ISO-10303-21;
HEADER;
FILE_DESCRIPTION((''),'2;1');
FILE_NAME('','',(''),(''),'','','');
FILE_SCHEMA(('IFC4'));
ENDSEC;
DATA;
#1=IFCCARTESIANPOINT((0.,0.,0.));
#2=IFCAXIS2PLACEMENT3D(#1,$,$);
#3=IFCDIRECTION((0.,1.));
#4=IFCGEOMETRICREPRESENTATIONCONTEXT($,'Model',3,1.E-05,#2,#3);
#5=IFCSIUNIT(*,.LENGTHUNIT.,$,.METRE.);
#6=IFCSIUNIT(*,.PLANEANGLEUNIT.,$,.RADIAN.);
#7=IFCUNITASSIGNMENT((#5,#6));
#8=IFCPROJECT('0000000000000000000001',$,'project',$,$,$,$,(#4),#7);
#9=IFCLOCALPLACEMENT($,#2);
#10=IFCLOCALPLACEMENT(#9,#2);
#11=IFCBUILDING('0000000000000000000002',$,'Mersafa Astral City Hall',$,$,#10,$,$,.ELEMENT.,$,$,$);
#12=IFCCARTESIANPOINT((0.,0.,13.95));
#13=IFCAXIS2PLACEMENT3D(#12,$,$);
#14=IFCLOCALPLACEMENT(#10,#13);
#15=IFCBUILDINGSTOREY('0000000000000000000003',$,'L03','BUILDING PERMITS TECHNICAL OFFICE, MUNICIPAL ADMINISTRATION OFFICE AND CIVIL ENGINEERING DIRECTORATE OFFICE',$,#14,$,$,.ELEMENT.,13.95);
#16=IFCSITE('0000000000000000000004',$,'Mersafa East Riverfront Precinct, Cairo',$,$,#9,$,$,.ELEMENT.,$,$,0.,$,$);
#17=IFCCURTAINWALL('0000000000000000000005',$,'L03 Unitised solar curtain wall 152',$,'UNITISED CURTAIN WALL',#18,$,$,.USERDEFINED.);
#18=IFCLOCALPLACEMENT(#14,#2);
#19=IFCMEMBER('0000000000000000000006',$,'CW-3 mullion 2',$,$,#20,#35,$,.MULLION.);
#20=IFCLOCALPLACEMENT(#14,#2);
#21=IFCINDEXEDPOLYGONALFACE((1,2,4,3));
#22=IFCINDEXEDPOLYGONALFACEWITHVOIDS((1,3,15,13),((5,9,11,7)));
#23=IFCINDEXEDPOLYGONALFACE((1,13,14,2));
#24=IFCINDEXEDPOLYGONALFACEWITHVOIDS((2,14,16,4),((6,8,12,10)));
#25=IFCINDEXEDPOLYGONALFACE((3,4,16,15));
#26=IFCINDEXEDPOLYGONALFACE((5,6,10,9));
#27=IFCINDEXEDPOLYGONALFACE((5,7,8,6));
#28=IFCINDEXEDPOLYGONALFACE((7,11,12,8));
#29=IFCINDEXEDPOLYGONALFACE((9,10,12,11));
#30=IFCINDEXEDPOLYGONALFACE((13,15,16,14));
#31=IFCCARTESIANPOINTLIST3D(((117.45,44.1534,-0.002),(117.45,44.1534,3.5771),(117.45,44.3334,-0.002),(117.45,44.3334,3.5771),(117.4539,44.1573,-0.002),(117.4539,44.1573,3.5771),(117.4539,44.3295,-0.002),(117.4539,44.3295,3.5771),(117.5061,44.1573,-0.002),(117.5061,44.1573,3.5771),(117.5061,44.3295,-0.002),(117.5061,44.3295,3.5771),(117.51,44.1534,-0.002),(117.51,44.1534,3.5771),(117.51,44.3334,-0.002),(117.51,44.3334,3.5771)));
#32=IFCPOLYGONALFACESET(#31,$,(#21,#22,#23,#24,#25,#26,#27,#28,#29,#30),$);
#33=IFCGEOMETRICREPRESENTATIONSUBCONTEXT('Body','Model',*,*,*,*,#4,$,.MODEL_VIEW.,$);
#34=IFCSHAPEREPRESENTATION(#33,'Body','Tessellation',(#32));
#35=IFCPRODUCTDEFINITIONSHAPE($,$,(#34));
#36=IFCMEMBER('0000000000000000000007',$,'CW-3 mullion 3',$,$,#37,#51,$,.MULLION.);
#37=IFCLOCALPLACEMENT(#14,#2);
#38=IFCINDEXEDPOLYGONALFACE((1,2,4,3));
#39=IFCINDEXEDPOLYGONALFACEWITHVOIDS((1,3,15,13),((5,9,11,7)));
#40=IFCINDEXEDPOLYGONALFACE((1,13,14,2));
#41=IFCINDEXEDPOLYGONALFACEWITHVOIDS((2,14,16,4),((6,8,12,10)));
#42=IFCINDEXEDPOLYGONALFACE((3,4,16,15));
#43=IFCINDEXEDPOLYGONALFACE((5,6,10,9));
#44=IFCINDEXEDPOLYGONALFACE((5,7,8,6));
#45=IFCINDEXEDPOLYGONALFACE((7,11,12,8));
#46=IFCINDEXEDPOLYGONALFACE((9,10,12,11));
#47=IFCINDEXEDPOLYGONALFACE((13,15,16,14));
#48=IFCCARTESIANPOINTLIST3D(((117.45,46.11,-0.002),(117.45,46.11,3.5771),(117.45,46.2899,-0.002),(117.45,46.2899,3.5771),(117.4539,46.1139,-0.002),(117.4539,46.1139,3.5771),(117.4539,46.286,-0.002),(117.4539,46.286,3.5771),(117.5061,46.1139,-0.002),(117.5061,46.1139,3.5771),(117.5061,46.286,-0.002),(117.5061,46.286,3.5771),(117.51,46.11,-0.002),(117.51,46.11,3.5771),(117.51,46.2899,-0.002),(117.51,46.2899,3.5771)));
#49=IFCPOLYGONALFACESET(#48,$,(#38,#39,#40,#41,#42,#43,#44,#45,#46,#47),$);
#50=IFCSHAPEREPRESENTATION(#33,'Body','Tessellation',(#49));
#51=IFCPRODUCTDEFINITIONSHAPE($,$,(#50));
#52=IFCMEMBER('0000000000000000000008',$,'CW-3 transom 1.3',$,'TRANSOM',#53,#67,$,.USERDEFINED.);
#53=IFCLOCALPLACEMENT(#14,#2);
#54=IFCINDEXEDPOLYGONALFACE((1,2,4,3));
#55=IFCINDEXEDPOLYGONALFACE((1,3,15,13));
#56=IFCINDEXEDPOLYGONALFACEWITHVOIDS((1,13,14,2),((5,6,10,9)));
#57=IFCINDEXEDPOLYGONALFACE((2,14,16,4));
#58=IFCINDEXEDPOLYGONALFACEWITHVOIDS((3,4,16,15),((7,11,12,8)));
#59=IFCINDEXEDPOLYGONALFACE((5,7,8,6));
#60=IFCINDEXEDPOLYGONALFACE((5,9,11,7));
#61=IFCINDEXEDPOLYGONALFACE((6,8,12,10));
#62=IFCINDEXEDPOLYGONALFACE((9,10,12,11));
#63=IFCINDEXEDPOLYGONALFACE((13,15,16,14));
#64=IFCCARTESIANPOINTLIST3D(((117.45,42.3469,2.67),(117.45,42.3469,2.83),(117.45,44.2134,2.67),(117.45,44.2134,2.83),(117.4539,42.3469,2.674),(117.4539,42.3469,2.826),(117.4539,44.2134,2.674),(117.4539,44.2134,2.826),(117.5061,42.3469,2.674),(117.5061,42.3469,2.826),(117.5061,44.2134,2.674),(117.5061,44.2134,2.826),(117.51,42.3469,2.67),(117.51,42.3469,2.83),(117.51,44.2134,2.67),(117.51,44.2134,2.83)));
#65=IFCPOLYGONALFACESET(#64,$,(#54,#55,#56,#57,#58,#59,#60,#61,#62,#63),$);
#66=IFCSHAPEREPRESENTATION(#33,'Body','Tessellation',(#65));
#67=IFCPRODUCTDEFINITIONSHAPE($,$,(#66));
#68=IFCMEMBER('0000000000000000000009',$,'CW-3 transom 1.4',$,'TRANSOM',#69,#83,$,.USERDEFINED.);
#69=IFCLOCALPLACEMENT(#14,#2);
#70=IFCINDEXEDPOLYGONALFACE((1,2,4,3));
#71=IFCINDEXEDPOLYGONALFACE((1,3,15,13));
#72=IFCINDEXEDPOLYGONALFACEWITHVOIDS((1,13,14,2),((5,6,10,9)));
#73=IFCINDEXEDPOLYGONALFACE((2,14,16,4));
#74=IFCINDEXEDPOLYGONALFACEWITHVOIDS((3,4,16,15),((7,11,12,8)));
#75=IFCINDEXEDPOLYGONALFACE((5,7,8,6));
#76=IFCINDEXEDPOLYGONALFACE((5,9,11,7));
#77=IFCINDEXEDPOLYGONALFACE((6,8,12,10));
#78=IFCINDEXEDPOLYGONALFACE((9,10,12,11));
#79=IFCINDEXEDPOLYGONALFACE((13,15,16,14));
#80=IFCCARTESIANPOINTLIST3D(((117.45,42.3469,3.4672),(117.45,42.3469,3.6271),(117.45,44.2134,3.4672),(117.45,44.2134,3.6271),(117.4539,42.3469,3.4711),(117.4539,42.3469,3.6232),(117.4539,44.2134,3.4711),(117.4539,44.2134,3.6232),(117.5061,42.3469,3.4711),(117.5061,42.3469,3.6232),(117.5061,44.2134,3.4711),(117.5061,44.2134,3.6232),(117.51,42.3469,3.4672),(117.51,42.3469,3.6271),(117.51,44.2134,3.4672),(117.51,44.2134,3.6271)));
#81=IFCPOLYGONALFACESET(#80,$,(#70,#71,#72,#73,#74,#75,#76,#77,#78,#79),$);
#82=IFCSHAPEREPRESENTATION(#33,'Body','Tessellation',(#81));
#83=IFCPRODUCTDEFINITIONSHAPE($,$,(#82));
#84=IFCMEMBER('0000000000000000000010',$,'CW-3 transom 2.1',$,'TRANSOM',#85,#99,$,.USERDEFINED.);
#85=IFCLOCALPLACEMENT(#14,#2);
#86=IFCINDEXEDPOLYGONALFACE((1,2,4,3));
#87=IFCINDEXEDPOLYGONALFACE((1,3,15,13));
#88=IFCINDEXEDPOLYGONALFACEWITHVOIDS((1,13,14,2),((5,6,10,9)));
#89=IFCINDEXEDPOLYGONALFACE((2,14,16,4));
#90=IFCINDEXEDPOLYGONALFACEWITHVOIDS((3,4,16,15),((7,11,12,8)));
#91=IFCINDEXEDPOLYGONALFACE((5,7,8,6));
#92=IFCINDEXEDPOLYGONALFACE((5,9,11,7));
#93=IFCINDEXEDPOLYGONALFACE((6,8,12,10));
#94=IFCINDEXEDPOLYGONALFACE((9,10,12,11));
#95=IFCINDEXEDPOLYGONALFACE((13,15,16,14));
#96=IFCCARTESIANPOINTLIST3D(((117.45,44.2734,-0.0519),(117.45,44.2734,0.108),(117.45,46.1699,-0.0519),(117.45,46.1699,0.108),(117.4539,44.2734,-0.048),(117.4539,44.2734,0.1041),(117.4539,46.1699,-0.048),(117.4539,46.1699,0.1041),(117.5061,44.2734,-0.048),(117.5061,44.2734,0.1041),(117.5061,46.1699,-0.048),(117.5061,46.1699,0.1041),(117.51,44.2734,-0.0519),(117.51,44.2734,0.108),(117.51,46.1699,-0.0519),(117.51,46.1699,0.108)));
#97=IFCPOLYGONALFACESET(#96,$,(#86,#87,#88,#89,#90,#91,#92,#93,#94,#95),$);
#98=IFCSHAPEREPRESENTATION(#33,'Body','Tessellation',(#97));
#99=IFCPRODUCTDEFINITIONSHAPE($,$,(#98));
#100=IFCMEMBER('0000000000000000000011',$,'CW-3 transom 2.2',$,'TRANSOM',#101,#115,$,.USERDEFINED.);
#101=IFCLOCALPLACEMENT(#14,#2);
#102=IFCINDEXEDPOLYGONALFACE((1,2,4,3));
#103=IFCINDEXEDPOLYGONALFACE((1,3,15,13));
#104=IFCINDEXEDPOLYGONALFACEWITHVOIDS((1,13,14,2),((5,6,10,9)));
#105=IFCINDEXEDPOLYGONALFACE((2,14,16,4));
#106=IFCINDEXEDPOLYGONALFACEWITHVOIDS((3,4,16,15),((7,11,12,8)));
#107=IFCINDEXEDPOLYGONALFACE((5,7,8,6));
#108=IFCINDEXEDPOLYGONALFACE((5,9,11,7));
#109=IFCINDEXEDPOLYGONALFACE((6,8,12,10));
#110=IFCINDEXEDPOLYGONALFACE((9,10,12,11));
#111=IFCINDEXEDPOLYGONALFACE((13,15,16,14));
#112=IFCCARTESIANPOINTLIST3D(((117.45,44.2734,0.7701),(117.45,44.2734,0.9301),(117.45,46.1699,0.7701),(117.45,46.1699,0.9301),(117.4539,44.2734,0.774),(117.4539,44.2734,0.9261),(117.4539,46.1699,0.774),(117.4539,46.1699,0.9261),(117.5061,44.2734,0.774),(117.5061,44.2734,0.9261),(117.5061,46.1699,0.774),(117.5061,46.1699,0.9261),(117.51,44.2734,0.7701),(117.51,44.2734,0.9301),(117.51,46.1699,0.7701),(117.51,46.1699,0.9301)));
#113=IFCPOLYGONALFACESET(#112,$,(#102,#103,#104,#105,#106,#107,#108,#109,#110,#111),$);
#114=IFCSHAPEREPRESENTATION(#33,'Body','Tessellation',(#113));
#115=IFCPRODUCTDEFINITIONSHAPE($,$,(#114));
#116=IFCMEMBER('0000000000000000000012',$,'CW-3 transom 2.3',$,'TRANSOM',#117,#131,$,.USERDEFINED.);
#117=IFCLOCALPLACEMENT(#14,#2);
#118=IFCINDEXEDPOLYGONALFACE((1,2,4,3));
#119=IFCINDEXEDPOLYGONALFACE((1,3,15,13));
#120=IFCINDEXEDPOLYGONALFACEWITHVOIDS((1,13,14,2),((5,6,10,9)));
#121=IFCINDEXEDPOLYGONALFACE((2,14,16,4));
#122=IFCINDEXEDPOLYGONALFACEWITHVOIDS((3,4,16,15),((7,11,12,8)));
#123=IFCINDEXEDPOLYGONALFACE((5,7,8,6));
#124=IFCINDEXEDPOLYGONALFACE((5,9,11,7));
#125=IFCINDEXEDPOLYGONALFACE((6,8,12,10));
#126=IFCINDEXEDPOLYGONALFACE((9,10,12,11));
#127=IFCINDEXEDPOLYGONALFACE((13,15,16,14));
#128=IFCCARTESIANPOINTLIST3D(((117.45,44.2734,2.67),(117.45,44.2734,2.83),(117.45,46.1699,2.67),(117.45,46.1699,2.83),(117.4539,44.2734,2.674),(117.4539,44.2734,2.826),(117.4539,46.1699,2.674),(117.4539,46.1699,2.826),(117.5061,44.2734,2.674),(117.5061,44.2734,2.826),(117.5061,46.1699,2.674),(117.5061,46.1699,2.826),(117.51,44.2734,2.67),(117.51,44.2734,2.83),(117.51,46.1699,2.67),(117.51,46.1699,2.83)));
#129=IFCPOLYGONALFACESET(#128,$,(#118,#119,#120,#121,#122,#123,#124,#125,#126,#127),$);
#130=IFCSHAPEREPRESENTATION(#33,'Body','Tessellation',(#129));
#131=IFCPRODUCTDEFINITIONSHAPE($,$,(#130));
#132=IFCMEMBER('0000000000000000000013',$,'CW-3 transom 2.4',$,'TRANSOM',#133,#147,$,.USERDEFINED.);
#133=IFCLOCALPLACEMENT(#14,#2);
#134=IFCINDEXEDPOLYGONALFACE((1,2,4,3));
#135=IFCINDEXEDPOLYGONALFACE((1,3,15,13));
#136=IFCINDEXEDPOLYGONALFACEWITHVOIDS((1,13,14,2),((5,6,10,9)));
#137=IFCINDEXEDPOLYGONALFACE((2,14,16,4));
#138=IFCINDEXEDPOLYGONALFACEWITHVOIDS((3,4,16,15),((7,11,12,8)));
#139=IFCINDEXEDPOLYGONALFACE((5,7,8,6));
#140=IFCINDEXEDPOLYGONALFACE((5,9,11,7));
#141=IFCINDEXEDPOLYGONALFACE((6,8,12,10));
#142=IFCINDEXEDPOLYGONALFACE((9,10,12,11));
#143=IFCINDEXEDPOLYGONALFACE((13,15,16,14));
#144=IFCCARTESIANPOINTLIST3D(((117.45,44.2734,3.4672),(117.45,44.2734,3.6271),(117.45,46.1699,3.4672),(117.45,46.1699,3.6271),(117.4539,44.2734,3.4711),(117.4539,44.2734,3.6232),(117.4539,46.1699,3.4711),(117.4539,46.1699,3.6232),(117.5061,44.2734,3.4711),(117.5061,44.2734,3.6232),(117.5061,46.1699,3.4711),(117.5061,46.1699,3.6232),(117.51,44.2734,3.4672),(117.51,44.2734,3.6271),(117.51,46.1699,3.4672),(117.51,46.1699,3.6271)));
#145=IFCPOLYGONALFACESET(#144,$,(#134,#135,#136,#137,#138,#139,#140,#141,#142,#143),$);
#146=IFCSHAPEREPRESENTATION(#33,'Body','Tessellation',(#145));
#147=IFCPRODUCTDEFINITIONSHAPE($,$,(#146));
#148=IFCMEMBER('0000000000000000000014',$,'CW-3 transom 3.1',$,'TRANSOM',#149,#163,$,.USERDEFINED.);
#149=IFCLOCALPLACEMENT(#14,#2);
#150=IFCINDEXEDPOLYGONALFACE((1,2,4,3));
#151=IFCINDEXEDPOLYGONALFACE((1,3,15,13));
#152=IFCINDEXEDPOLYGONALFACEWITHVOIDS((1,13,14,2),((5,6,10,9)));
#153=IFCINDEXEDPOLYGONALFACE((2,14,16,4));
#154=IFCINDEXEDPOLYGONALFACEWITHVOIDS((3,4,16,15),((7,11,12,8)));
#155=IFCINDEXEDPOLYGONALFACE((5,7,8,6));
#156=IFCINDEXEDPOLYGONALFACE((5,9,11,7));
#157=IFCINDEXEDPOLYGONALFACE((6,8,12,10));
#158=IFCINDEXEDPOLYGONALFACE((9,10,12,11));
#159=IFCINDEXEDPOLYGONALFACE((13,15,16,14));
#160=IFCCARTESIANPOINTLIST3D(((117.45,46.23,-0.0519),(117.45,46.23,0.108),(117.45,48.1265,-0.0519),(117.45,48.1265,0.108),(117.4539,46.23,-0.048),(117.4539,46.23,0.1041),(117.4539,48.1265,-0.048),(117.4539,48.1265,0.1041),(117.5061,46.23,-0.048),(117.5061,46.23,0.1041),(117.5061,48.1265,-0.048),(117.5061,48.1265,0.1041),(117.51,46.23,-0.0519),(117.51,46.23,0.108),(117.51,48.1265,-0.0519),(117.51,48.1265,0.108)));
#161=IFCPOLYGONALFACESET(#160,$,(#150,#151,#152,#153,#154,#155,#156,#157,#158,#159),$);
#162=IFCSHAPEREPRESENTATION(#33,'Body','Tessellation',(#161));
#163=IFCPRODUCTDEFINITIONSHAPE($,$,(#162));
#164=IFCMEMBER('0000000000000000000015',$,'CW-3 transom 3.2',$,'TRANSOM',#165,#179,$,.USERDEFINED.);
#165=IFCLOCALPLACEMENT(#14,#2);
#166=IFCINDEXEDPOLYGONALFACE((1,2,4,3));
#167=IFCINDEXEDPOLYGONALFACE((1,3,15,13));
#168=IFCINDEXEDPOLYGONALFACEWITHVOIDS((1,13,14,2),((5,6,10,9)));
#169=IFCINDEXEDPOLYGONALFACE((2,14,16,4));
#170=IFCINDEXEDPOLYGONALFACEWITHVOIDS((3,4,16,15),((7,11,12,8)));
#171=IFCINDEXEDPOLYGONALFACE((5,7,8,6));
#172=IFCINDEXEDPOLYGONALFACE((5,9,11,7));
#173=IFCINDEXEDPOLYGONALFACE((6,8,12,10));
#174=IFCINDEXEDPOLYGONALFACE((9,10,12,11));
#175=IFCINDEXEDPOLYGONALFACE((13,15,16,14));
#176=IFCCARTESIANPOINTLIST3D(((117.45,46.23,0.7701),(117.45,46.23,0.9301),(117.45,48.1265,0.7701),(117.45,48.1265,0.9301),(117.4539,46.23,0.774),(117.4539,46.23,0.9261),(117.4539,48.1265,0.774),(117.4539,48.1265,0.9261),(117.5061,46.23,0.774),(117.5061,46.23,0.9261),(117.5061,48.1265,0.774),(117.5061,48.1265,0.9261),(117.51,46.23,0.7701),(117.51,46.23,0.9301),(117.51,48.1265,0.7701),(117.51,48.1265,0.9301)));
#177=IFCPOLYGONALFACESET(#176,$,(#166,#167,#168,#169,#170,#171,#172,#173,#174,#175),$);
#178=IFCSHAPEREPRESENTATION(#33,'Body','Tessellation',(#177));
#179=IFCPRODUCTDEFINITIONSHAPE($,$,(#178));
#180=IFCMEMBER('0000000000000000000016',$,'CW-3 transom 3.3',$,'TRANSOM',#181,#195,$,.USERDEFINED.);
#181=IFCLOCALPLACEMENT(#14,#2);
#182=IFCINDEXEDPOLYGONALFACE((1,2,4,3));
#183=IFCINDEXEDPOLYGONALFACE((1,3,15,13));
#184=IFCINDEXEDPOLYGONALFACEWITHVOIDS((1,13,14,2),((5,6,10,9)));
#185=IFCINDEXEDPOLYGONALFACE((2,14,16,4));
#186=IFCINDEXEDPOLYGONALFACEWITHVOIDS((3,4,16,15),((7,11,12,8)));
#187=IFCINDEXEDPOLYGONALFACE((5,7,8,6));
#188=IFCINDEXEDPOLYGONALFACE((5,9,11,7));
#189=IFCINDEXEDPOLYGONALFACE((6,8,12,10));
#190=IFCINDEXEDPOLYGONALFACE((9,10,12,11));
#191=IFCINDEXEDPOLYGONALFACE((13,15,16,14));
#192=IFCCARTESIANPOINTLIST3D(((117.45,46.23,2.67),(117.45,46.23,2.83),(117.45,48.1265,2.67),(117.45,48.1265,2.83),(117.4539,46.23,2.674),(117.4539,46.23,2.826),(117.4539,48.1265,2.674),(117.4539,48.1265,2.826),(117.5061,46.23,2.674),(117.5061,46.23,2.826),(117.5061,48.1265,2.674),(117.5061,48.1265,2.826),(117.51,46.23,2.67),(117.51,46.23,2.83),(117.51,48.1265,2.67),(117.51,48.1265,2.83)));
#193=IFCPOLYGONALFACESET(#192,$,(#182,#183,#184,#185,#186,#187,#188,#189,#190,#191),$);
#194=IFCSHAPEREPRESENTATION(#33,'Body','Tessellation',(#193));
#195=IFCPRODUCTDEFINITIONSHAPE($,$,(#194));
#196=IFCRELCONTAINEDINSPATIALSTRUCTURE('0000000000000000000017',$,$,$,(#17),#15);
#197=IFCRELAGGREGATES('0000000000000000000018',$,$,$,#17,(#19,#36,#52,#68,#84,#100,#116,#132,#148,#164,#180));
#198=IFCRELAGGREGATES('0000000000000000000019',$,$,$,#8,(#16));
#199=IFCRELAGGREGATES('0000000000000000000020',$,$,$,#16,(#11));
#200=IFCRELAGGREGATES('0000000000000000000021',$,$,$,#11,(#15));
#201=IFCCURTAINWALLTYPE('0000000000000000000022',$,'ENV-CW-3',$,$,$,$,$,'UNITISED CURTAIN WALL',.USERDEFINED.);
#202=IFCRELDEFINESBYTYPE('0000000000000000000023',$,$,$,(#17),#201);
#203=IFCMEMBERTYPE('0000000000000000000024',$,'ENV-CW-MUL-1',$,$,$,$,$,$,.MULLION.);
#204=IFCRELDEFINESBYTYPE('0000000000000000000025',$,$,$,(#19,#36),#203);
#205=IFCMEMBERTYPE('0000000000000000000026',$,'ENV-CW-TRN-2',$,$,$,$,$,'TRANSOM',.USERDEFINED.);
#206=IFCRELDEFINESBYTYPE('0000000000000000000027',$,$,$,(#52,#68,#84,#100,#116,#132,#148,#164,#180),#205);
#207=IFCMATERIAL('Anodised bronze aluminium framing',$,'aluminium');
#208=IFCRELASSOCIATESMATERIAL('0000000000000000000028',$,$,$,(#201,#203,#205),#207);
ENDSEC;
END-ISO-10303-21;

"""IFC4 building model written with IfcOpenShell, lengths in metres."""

from ifc_helpers import new_model, si_unit, direction, frame, origin, origin_2d, place, context, subcontext, project, spatial, hollow_rectangle, extrude, material, material_profile, profile_set, type_object, element, aggregate, save


model = new_model("IFC4")

# Units and contexts
model_context = context("Model", 3, precision=1e-05, world=origin(), true_north=direction((0.0, 1.0)))
body_context = subcontext(model_context, "Body", "Model", "MODEL_VIEW")
ifc_project = project(units=[si_unit("LENGTHUNIT", "METRE"), si_unit("PLANEANGLEUNIT", "RADIAN")], contexts=[model_context])

# Site, building, storey
site_placement = place(None, origin())
site = spatial("IfcSite", under=ifc_project, at=site_placement, Name="Mersafa East Riverfront Precinct, Cairo", CompositionType="ELEMENT", RefElevation=0.0)
building_placement = place(site_placement, origin())
building = spatial("IfcBuilding", under=site, at=building_placement, Name="Mersafa Astral City Hall", CompositionType="ELEMENT")
storey_placement = place(building_placement, frame((0.0, 0.0, 13.95)))
storey = spatial("IfcBuildingStorey", under=building, at=storey_placement, Name="L03", Description="BUILDING PERMITS TECHNICAL OFFICE, MUNICIPAL ADMINISTRATION OFFICE AND CIVIL ENGINEERING DIRECTORATE OFFICE", CompositionType="ELEMENT", Elevation=13.95)

# Curtain wall, members
ifc_material_1 = material(Name="Anodised bronze aluminium framing", Category="aluminium")
curtain_wall_type = type_object("IfcCurtainWallType", Name="ENV-CW-3", ElementType="UNITISED CURTAIN WALL", PredefinedType="USERDEFINED", material=ifc_material_1)
curtain_wall_placement = place(storey_placement, origin())
curtain_wall = element("IfcCurtainWall", 1, at=curtain_wall_placement, inside=storey, type_object=curtain_wall_type, Name="L03 Unitised solar curtain wall 152", ObjectType="UNITISED CURTAIN WALL", PredefinedType="USERDEFINED")
ifc_material_profile_1 = material_profile(ifc_material_1, hollow_rectangle(XDim=0.0601, YDim=0.1799, WallThickness=0.0039, at=origin_2d()), Name="RHS 60x180x4")
ifc_profile_set_1 = profile_set([ifc_material_profile_1], Name="Anodised bronze aluminium framing")
member_type_1 = type_object("IfcMemberType", Name="ENV-CW-MUL-1", PredefinedType="MULLION", material=ifc_profile_set_1)
member_1_placement = place(storey_placement, frame((117.48, 44.2434, -0.002), z_axis=(0.0, 0.0, 1.0), x_axis=(-1.0, 0.0, 0.0)))
member_1 = element("IfcMember", 2, at=member_1_placement, type_object=member_type_1, Name="CW-3 mullion 2", PredefinedType="MULLION", context=body_context, shape_type="SweptSolid", body=[
    extrude(hollow_rectangle(XDim=0.0601, YDim=0.1799, WallThickness=0.0039, at=origin_2d()), origin(), (0.0, 0.0, 1.0), 3.5791),
])
member_2_placement = place(storey_placement, frame((117.48, 46.2, -0.002), z_axis=(0.0, 0.0, 1.0), x_axis=(-1.0, 0.0, 0.0)))
member_2 = element("IfcMember", 3, at=member_2_placement, type_object=member_type_1, Name="CW-3 mullion 3", PredefinedType="MULLION", context=body_context, shape_type="SweptSolid", body=[
    extrude(hollow_rectangle(XDim=0.0601, YDim=0.1799, WallThickness=0.0039, at=origin_2d()), origin(), (0.0, 0.0, 1.0), 3.5791),
])
ifc_material_profile_2 = material_profile(ifc_material_1, hollow_rectangle(XDim=0.0601, YDim=0.1599, WallThickness=0.0039, at=origin_2d()), Name="RHS 60x160x4")
ifc_profile_set_2 = profile_set([ifc_material_profile_2], Name="Anodised bronze aluminium framing")
member_type_2 = type_object("IfcMemberType", Name="ENV-CW-TRN-2", ElementType="TRANSOM", PredefinedType="USERDEFINED", material=ifc_profile_set_2)
member_3_placement = place(storey_placement, frame((117.48, 42.3469, 2.75), z_axis=(0.0, 1.0, 0.0), x_axis=(-1.0, 0.0, 0.0)))
member_3 = element("IfcMember", 4, at=member_3_placement, type_object=member_type_2, Name="CW-3 transom 1.3", ObjectType="TRANSOM", PredefinedType="USERDEFINED", context=body_context, shape_type="SweptSolid", body=[
    extrude(hollow_rectangle(XDim=0.0601, YDim=0.1599, WallThickness=0.0039, at=origin_2d()), origin(), (0.0, 0.0, 1.0), 1.8665),
])
member_4_placement = place(storey_placement, frame((117.48, 42.3469, 3.5471), z_axis=(0.0, 1.0, 0.0), x_axis=(-1.0, 0.0, 0.0)))
member_4 = element("IfcMember", 5, at=member_4_placement, type_object=member_type_2, Name="CW-3 transom 1.4", ObjectType="TRANSOM", PredefinedType="USERDEFINED", context=body_context, shape_type="SweptSolid", body=[
    extrude(hollow_rectangle(XDim=0.0601, YDim=0.1599, WallThickness=0.0039, at=origin_2d()), origin(), (0.0, 0.0, 1.0), 1.8665),
])
member_5_placement = place(storey_placement, frame((117.48, 44.2734, 0.0281), z_axis=(0.0, 1.0, 0.0), x_axis=(-1.0, 0.0, 0.0)))
member_5 = element("IfcMember", 6, at=member_5_placement, type_object=member_type_2, Name="CW-3 transom 2.1", ObjectType="TRANSOM", PredefinedType="USERDEFINED", context=body_context, shape_type="SweptSolid", body=[
    extrude(hollow_rectangle(XDim=0.0601, YDim=0.1599, WallThickness=0.0039, at=origin_2d()), origin(), (0.0, 0.0, 1.0), 1.8965),
])
member_6_placement = place(storey_placement, frame((117.48, 44.2734, 0.8501), z_axis=(0.0, 1.0, 0.0), x_axis=(-1.0, 0.0, 0.0)))
member_6 = element("IfcMember", 7, at=member_6_placement, type_object=member_type_2, Name="CW-3 transom 2.2", ObjectType="TRANSOM", PredefinedType="USERDEFINED", context=body_context, shape_type="SweptSolid", body=[
    extrude(hollow_rectangle(XDim=0.0601, YDim=0.1599, WallThickness=0.0039, at=origin_2d()), origin(), (0.0, 0.0, 1.0), 1.8965),
])
member_7_placement = place(storey_placement, frame((117.48, 44.2734, 2.75), z_axis=(0.0, 1.0, 0.0), x_axis=(-1.0, 0.0, 0.0)))
member_7 = element("IfcMember", 8, at=member_7_placement, type_object=member_type_2, Name="CW-3 transom 2.3", ObjectType="TRANSOM", PredefinedType="USERDEFINED", context=body_context, shape_type="SweptSolid", body=[
    extrude(hollow_rectangle(XDim=0.0601, YDim=0.1599, WallThickness=0.0039, at=origin_2d()), origin(), (0.0, 0.0, 1.0), 1.8965),
])
member_8_placement = place(storey_placement, frame((117.48, 44.2734, 3.5471), z_axis=(0.0, 1.0, 0.0), x_axis=(-1.0, 0.0, 0.0)))
member_8 = element("IfcMember", 9, at=member_8_placement, type_object=member_type_2, Name="CW-3 transom 2.4", ObjectType="TRANSOM", PredefinedType="USERDEFINED", context=body_context, shape_type="SweptSolid", body=[
    extrude(hollow_rectangle(XDim=0.0601, YDim=0.1599, WallThickness=0.0039, at=origin_2d()), origin(), (0.0, 0.0, 1.0), 1.8965),
])
member_9_placement = place(storey_placement, frame((117.48, 46.23, 0.0281), z_axis=(0.0, 1.0, 0.0), x_axis=(-1.0, 0.0, 0.0)))
member_9 = element("IfcMember", 10, at=member_9_placement, type_object=member_type_2, Name="CW-3 transom 3.1", ObjectType="TRANSOM", PredefinedType="USERDEFINED", context=body_context, shape_type="SweptSolid", body=[
    extrude(hollow_rectangle(XDim=0.0601, YDim=0.1599, WallThickness=0.0039, at=origin_2d()), origin(), (0.0, 0.0, 1.0), 1.8965),
])
member_10_placement = place(storey_placement, frame((117.48, 46.23, 0.8501), z_axis=(0.0, 1.0, 0.0), x_axis=(-1.0, 0.0, 0.0)))
member_10 = element("IfcMember", 11, at=member_10_placement, type_object=member_type_2, Name="CW-3 transom 3.2", ObjectType="TRANSOM", PredefinedType="USERDEFINED", context=body_context, shape_type="SweptSolid", body=[
    extrude(hollow_rectangle(XDim=0.0601, YDim=0.1599, WallThickness=0.0039, at=origin_2d()), origin(), (0.0, 0.0, 1.0), 1.8965),
])
member_11_placement = place(storey_placement, frame((117.48, 46.23, 2.75), z_axis=(0.0, 1.0, 0.0), x_axis=(-1.0, 0.0, 0.0)))
member_11 = element("IfcMember", 12, at=member_11_placement, type_object=member_type_2, Name="CW-3 transom 3.3", ObjectType="TRANSOM", PredefinedType="USERDEFINED", context=body_context, shape_type="SweptSolid", body=[
    extrude(hollow_rectangle(XDim=0.0601, YDim=0.1599, WallThickness=0.0039, at=origin_2d()), origin(), (0.0, 0.0, 1.0), 1.8965),
])
aggregate(curtain_wall, [member_1, member_2, member_3, member_4, member_5, member_6, member_7, member_8, member_9, member_10, member_11])

save(model, "model.ifc")
